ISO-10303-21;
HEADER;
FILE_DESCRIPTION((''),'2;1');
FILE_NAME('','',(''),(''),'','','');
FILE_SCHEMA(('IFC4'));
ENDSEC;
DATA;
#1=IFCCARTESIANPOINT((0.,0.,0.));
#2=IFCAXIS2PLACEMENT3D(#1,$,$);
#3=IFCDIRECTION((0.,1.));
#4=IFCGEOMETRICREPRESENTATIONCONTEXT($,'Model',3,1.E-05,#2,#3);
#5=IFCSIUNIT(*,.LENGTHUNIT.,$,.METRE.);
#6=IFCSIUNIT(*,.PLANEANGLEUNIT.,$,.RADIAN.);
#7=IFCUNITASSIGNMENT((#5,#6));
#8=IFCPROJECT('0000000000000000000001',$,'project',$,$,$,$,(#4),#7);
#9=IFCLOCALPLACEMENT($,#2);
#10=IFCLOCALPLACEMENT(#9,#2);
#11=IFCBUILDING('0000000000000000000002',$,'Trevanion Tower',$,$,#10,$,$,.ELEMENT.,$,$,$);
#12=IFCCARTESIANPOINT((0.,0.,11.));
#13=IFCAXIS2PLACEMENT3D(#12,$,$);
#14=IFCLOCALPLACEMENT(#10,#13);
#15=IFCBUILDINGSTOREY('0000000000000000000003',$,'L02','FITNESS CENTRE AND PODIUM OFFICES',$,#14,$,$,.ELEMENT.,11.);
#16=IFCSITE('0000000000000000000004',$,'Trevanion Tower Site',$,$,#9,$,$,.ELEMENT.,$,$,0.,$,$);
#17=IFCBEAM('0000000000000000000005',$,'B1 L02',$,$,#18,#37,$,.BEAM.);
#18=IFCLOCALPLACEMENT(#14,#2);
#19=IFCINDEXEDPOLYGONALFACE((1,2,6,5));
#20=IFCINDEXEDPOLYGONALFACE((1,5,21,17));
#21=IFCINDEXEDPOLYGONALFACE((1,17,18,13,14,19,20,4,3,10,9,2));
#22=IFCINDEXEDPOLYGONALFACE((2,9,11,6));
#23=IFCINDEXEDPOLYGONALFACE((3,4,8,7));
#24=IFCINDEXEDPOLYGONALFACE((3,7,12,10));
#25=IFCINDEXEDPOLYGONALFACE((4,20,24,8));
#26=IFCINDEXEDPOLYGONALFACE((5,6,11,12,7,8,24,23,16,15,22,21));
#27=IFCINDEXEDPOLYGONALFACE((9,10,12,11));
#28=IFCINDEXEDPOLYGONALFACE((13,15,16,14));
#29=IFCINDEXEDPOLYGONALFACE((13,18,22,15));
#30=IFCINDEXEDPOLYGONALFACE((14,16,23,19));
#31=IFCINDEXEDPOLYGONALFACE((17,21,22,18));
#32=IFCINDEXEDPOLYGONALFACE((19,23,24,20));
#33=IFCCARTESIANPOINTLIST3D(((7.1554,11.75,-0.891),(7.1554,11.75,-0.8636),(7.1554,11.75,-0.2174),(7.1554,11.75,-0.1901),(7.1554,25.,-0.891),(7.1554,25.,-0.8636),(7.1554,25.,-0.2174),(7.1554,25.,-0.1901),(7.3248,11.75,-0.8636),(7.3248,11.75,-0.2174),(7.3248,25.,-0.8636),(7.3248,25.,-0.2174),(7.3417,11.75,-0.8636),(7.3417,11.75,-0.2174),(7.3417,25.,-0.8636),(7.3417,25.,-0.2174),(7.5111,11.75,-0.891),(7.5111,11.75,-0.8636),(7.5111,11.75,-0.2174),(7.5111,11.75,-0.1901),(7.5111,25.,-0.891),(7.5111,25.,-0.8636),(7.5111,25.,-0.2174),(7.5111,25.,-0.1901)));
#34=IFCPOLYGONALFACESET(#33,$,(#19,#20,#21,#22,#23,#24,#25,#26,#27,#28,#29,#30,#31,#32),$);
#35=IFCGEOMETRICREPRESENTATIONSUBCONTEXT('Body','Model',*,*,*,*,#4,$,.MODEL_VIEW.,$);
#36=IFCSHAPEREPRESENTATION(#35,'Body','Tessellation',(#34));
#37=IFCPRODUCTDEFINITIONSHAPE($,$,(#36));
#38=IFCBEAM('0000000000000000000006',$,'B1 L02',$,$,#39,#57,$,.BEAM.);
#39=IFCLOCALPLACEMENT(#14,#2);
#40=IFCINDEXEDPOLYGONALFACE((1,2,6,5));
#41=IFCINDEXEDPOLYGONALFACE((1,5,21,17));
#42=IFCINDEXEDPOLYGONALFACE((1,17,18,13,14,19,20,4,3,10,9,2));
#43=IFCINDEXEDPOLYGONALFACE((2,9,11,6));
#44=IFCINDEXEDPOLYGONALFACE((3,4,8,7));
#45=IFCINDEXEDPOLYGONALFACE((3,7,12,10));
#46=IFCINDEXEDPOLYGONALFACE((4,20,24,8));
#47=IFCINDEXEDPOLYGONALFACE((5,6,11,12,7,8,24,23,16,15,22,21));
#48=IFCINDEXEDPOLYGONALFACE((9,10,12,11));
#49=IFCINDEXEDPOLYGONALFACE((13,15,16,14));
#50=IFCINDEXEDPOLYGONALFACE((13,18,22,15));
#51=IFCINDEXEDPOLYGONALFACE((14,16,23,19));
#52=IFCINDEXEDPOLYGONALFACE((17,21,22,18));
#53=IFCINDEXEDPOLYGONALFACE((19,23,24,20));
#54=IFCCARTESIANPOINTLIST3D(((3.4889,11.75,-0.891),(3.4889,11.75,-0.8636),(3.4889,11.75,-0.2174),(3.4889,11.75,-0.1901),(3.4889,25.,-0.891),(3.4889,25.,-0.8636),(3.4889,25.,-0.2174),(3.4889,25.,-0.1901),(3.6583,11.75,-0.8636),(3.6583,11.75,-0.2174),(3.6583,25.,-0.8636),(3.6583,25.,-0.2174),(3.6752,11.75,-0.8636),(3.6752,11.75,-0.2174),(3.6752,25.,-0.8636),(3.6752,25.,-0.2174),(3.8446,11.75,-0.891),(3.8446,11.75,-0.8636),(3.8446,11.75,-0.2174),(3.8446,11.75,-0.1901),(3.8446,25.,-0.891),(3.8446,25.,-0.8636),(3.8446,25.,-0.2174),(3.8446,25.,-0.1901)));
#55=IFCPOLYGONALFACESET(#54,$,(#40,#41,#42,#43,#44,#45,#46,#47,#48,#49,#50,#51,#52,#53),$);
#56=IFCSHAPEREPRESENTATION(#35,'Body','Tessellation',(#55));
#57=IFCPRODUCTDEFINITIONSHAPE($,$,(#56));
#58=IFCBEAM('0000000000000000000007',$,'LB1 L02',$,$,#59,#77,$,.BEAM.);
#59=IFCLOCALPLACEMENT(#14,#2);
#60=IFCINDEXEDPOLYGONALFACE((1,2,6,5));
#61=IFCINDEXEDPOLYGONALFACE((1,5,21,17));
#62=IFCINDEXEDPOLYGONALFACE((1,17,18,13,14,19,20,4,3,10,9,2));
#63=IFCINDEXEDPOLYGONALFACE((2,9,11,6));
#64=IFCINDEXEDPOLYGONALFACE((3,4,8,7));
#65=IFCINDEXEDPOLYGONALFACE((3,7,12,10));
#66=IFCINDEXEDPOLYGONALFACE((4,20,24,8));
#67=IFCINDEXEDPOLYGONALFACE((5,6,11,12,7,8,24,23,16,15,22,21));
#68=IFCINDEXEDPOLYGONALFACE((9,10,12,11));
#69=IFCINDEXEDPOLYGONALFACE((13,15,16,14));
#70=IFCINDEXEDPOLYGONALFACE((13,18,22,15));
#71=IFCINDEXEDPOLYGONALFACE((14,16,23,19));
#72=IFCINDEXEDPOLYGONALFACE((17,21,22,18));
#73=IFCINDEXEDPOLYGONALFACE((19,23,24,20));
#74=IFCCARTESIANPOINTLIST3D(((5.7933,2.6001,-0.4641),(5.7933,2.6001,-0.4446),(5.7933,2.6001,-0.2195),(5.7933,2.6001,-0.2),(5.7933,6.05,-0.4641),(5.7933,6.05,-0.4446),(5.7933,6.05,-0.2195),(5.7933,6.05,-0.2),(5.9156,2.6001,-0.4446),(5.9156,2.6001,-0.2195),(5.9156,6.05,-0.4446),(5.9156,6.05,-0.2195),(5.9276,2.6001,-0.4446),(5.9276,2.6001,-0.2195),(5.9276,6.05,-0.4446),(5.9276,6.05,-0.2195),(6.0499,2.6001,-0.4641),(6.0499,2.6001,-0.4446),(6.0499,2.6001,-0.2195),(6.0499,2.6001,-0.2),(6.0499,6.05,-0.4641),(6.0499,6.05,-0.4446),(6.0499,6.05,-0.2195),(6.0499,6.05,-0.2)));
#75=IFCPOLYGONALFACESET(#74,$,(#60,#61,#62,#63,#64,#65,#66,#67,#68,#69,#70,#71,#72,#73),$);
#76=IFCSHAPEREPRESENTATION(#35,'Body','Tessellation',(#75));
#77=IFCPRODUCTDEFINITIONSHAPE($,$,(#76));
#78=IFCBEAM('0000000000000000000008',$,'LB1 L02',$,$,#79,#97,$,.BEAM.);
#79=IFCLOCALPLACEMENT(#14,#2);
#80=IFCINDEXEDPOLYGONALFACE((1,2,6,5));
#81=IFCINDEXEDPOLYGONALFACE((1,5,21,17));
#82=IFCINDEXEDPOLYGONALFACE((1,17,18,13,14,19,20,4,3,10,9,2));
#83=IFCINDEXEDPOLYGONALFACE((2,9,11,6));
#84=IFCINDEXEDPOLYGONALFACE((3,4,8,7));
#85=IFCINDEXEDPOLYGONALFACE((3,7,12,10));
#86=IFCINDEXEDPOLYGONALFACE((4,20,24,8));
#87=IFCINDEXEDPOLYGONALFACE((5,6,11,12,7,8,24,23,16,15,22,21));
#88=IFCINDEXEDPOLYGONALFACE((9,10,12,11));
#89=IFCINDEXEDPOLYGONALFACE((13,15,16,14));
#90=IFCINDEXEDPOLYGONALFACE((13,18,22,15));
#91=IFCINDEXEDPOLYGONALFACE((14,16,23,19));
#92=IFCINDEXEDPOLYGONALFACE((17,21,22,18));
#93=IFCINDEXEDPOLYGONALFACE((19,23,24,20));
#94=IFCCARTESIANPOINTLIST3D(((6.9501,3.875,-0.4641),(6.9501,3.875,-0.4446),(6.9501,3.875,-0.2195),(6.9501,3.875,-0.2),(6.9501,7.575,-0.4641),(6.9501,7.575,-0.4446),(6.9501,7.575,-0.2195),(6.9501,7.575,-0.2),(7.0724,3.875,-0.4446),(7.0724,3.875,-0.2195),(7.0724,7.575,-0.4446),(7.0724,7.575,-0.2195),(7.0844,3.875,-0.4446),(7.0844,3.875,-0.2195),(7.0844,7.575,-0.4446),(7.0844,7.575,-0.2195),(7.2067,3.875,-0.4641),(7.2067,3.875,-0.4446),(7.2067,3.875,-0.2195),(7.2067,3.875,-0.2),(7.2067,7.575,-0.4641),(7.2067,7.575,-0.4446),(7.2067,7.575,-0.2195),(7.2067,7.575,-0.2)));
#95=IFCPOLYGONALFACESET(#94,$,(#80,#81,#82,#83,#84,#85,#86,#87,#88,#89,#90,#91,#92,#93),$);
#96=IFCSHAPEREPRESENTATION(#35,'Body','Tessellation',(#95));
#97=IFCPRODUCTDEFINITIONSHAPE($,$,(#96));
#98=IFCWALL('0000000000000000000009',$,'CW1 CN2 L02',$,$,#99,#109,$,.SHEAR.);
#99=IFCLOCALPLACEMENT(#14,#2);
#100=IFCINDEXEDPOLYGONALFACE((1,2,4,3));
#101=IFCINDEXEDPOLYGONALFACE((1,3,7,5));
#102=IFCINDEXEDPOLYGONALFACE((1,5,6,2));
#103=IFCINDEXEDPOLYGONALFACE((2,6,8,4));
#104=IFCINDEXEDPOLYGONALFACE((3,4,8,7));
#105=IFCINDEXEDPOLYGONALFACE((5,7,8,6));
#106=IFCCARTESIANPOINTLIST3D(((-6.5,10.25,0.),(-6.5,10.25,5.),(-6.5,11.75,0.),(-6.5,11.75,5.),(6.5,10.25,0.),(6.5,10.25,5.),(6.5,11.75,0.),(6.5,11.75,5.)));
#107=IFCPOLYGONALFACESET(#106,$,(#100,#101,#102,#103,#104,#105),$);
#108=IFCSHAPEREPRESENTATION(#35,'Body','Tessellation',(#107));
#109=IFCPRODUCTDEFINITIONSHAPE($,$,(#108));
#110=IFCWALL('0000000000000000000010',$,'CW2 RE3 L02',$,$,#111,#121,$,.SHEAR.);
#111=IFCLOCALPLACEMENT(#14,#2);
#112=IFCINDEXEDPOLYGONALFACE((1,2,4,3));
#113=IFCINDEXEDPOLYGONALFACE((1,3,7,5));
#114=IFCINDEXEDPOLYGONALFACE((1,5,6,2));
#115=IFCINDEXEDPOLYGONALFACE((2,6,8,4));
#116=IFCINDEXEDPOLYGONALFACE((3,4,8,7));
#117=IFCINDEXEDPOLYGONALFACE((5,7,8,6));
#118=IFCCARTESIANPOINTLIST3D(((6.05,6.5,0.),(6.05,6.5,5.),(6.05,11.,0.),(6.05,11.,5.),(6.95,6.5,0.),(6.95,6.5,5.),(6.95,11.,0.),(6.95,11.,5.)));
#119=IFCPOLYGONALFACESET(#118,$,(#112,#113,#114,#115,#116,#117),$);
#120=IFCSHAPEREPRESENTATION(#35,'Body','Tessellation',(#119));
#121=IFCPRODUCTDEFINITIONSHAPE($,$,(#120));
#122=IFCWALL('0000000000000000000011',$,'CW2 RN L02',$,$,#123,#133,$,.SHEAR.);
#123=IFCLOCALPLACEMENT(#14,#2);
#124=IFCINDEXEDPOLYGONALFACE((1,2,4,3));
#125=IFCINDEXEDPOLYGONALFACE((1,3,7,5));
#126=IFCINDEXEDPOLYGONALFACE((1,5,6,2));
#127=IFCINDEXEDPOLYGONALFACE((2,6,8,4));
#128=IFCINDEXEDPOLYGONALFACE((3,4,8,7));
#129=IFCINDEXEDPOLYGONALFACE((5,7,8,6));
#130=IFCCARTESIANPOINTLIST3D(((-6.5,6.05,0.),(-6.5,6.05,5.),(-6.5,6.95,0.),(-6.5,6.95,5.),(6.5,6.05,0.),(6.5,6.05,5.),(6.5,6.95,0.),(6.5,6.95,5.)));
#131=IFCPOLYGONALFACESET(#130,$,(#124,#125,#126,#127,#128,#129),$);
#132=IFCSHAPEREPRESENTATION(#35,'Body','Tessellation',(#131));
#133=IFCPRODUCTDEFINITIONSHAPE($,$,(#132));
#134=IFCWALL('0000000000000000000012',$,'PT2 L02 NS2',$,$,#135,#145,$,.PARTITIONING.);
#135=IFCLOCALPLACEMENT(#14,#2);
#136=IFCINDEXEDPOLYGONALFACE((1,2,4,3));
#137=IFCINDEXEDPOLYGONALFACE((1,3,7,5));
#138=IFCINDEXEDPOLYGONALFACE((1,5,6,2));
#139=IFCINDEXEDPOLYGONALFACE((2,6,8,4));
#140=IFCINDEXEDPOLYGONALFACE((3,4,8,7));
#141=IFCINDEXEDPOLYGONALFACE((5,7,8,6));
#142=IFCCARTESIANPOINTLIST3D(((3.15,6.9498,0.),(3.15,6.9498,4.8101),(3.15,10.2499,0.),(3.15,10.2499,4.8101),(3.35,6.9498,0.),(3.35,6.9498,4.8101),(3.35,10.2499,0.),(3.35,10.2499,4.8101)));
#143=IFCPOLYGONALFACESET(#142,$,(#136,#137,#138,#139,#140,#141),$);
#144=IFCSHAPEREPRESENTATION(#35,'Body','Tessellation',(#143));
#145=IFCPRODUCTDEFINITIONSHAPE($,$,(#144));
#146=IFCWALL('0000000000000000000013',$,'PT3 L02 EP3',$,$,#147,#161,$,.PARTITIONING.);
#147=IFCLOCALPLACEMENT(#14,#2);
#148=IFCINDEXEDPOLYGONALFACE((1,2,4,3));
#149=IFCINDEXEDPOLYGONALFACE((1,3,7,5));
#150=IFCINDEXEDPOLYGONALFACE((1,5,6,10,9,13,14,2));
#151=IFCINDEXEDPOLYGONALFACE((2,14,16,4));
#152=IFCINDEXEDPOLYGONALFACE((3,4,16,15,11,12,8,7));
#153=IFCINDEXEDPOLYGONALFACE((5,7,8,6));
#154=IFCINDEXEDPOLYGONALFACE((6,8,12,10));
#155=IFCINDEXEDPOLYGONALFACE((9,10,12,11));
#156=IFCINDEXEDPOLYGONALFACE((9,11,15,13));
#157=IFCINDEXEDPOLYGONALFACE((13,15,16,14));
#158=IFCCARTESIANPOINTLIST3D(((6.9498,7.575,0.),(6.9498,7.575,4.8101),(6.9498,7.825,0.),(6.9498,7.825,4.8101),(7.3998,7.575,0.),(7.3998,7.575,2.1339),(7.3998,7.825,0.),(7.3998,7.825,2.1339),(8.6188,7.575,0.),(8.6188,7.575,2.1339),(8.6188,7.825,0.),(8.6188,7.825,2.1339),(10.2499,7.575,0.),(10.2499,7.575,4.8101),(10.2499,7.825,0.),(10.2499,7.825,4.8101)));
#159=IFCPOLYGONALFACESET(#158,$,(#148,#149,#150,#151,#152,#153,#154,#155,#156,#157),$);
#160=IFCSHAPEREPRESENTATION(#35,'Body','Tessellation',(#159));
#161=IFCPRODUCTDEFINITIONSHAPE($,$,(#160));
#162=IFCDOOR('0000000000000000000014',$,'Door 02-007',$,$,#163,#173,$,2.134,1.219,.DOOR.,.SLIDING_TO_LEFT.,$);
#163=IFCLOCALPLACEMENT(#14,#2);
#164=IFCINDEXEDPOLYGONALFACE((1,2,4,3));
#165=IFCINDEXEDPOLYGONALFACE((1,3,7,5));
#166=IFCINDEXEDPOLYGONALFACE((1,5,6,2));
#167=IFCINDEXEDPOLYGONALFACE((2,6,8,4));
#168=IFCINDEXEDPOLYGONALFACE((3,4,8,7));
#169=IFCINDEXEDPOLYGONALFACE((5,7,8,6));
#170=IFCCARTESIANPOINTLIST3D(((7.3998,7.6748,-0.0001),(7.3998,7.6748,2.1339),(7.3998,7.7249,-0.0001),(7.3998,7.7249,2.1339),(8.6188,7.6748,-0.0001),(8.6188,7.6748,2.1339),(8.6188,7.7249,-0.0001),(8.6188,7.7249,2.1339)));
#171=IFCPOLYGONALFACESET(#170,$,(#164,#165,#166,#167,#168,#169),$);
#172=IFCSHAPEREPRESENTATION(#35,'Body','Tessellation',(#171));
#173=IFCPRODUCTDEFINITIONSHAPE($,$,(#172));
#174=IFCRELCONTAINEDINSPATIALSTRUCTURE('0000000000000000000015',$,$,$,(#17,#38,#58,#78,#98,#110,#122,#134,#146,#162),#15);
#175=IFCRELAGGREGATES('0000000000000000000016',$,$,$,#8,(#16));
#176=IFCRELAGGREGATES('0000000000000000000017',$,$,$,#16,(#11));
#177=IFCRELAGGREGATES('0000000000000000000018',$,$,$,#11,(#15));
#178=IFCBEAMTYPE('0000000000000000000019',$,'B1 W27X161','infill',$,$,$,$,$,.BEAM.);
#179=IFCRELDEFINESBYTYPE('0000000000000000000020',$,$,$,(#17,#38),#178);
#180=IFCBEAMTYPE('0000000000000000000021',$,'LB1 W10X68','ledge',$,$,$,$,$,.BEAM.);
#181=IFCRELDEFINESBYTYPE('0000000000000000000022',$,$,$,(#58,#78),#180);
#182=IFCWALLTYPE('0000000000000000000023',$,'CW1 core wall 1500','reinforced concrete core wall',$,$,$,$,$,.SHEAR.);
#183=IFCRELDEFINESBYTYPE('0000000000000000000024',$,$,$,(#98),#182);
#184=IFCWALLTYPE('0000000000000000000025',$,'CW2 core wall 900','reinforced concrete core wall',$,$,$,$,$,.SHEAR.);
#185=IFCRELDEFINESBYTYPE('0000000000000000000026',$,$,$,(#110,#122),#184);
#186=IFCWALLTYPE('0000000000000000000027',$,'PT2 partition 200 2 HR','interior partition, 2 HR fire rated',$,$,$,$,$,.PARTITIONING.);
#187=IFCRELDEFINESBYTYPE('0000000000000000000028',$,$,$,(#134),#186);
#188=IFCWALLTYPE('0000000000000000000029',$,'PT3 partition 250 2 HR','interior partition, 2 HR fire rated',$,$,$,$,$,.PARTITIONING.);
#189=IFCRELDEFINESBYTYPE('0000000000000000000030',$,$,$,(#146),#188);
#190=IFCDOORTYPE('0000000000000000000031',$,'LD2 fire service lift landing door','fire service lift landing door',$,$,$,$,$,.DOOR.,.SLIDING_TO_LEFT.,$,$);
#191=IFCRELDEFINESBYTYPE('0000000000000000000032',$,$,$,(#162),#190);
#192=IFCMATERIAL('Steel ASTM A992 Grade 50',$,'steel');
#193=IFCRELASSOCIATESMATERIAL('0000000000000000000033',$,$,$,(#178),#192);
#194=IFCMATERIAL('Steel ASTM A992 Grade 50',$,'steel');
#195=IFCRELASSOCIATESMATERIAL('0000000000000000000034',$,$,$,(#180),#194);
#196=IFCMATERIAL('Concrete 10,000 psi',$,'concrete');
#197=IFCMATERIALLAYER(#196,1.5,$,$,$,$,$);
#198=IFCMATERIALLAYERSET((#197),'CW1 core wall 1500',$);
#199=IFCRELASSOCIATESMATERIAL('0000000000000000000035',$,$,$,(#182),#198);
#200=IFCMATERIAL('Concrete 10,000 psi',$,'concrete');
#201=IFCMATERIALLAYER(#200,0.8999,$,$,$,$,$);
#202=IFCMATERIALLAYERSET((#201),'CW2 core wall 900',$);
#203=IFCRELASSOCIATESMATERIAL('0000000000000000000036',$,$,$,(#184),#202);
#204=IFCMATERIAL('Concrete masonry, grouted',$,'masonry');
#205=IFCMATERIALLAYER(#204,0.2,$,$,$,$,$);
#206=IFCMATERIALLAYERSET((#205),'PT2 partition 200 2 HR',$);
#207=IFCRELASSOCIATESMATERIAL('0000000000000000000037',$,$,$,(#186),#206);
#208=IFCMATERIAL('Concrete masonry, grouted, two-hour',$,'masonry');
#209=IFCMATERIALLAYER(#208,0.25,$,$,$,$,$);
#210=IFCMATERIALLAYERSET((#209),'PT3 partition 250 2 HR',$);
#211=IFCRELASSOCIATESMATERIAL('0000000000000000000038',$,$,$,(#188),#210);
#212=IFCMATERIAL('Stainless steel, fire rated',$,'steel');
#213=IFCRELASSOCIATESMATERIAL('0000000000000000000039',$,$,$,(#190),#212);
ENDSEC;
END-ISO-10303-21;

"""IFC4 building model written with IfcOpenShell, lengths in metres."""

from ifc_helpers import new_model, si_unit, direction, frame, frame_2d, origin, origin_2d, place, context, subcontext, project, spatial, rectangle, i_section, extrude, material, layer, layer_set, material_profile, profile_set, type_object, element, fill, save


model = new_model("IFC4")

# Units and contexts
model_context = context("Model", 3, precision=1e-05, world=origin(), true_north=direction((0.0, 1.0)))
body_context = subcontext(model_context, "Body", "Model", "MODEL_VIEW")
ifc_project = project(units=[si_unit("LENGTHUNIT", "METRE"), si_unit("PLANEANGLEUNIT", "RADIAN")], contexts=[model_context])

# Site, building, storey
site_placement = place(None, origin())
site = spatial("IfcSite", under=ifc_project, at=site_placement, Name="Trevanion Tower Site", CompositionType="ELEMENT", RefElevation=0.0)
building_placement = place(site_placement, origin())
building = spatial("IfcBuilding", under=site, at=building_placement, Name="Trevanion Tower", CompositionType="ELEMENT")
storey_placement = place(building_placement, frame((0.0, 0.0, 11.0)))
storey = spatial("IfcBuildingStorey", under=building, at=storey_placement, Name="L02", Description="FITNESS CENTRE AND PODIUM OFFICES", CompositionType="ELEMENT", Elevation=11.0)

# Beams
ifc_material_1 = material(Name="Steel ASTM A992 Grade 50", Category="steel")
ifc_material_profile_1 = material_profile(ifc_material_1, i_section(OverallWidth=0.3557, OverallDepth=0.7009, WebThickness=0.0168, FlangeThickness=0.0273, at=origin_2d()), Name="W27X161")
ifc_profile_set_1 = profile_set([ifc_material_profile_1], Name="Steel ASTM A992 Grade 50")
beam_type_1 = type_object("IfcBeamType", Name="B1 W27X161", Description="infill", PredefinedType="BEAM", material=ifc_profile_set_1)
for number, where, z_axis, x_axis, name in (
    (1, (7.3333, 11.75, -0.5405), (0.0, 1.0, 0.0), (-1.0, 0.0, 0.0), "B1 L02"),
    (2, (3.6667, 11.75, -0.5405), (0.0, 1.0, 0.0), (-1.0, 0.0, 0.0), "B1 L02"),
):
    element("IfcBeam", number, at=place(storey_placement, frame(where, z_axis=z_axis, x_axis=x_axis)), inside=storey, type_object=beam_type_1, Name=name, PredefinedType="BEAM", context=body_context, shape_type="SweptSolid", body=[
        extrude(i_section(OverallWidth=0.3557, OverallDepth=0.7009, WebThickness=0.0168, FlangeThickness=0.0273, at=origin_2d()), origin(), (0.0, 0.0, 1.0), 13.25),
    ])
ifc_material_2 = material(Name="Steel ASTM A992 Grade 50", Category="steel")
ifc_material_profile_2 = material_profile(ifc_material_2, i_section(OverallWidth=0.2566, OverallDepth=0.2642, WebThickness=0.012, FlangeThickness=0.0195, at=origin_2d()), Name="W10X68")
ifc_profile_set_2 = profile_set([ifc_material_profile_2], Name="Steel ASTM A992 Grade 50")
beam_type_2 = type_object("IfcBeamType", Name="LB1 W10X68", Description="ledge", PredefinedType="BEAM", material=ifc_profile_set_2)
beam_1_placement = place(storey_placement, frame((5.9216, 2.6001, -0.332), z_axis=(0.0, 1.0, 0.0), x_axis=(-1.0, 0.0, 0.0)))
element("IfcBeam", 3, at=beam_1_placement, inside=storey, type_object=beam_type_2, Name="LB1 L02", PredefinedType="BEAM", context=body_context, shape_type="SweptSolid", body=[
    extrude(i_section(OverallWidth=0.2566, OverallDepth=0.2642, WebThickness=0.012, FlangeThickness=0.0195, at=origin_2d()), origin(), (0.0, 0.0, 1.0), 3.45),
])
beam_2_placement = place(storey_placement, frame((7.0784, 3.875, -0.332), z_axis=(0.0, 1.0, 0.0), x_axis=(-1.0, 0.0, 0.0)))
element("IfcBeam", 4, at=beam_2_placement, inside=storey, type_object=beam_type_2, Name="LB1 L02", PredefinedType="BEAM", context=body_context, shape_type="SweptSolid", body=[
    extrude(i_section(OverallWidth=0.2566, OverallDepth=0.2642, WebThickness=0.012, FlangeThickness=0.0195, at=origin_2d()), origin(), (0.0, 0.0, 1.0), 3.7),
])

# Walls
ifc_material_3 = material(Name="Concrete 10,000 psi", Category="concrete")
ifc_layer_1 = layer(ifc_material_3, 1.5)
ifc_layer_set_1 = layer_set([ifc_layer_1], Name="CW1 core wall 1500")
wall_type_1 = type_object("IfcWallType", Name="CW1 core wall 1500", Description="reinforced concrete core wall", PredefinedType="SHEAR", material=ifc_layer_set_1)
wall_1_placement = place(storey_placement, frame((6.5, 11.0, 0.0), z_axis=(0.0, 0.0, 1.0), x_axis=(-1.0, 0.0, 0.0)))
element("IfcWall", 5, at=wall_1_placement, inside=storey, type_object=wall_type_1, Name="CW1 CN2 L02", PredefinedType="SHEAR", context=body_context, shape_type="SweptSolid", body=[
    extrude(rectangle(XDim=13.0, YDim=1.5, at=frame_2d((6.5, 0.0))), origin(), (0.0, 0.0, 1.0), 5.0),
])
ifc_material_4 = material(Name="Concrete 10,000 psi", Category="concrete")
ifc_layer_2 = layer(ifc_material_4, 0.8999)
ifc_layer_set_2 = layer_set([ifc_layer_2], Name="CW2 core wall 900")
wall_type_2 = type_object("IfcWallType", Name="CW2 core wall 900", Description="reinforced concrete core wall", PredefinedType="SHEAR", material=ifc_layer_set_2)
wall_2_placement = place(storey_placement, frame((6.5, 6.5, 0.0), z_axis=(0.0, 0.0, 1.0), x_axis=(0.0, 1.0, 0.0)))
element("IfcWall", 6, at=wall_2_placement, inside=storey, type_object=wall_type_2, Name="CW2 RE3 L02", PredefinedType="SHEAR", context=body_context, shape_type="SweptSolid", body=[
    extrude(rectangle(XDim=4.5, YDim=0.8999, at=frame_2d((2.25, 0.0))), origin(), (0.0, 0.0, 1.0), 5.0),
])
wall_3_placement = place(storey_placement, frame((6.5, 6.5, 0.0), z_axis=(0.0, 0.0, 1.0), x_axis=(-1.0, 0.0, 0.0)))
element("IfcWall", 7, at=wall_3_placement, inside=storey, type_object=wall_type_2, Name="CW2 RN L02", PredefinedType="SHEAR", context=body_context, shape_type="SweptSolid", body=[
    extrude(rectangle(XDim=13.0, YDim=0.8999, at=frame_2d((6.5, 0.0))), origin(), (0.0, 0.0, 1.0), 5.0),
])
ifc_material_5 = material(Name="Concrete masonry, grouted", Category="masonry")
ifc_layer_3 = layer(ifc_material_5, 0.2)
ifc_layer_set_3 = layer_set([ifc_layer_3], Name="PT2 partition 200 2 HR")
wall_type_3 = type_object("IfcWallType", Name="PT2 partition 200 2 HR", Description="interior partition, 2 HR fire rated", PredefinedType="PARTITIONING", material=ifc_layer_set_3)
wall_4_placement = place(storey_placement, frame((3.25, 6.95, 0.0), z_axis=(0.0, 0.0, 1.0), x_axis=(0.0, 1.0, 0.0)))
element("IfcWall", 8, at=wall_4_placement, inside=storey, type_object=wall_type_3, Name="PT2 L02 NS2", PredefinedType="PARTITIONING", context=body_context, shape_type="SweptSolid", body=[
    extrude(rectangle(XDim=3.3, YDim=0.2, at=frame_2d((1.6499, 0.0))), origin(), (0.0, 0.0, 1.0), 4.8101),
])

# Wall, opening, door
ifc_material_6 = material(Name="Concrete masonry, grouted, two-hour", Category="masonry")
ifc_layer_4 = layer(ifc_material_6, 0.25)
ifc_layer_set_4 = layer_set([ifc_layer_4], Name="PT3 partition 250 2 HR")
wall_type_4 = type_object("IfcWallType", Name="PT3 partition 250 2 HR", Description="interior partition, 2 HR fire rated", PredefinedType="PARTITIONING", material=ifc_layer_set_4)
wall_5_placement = place(storey_placement, frame((6.95, 7.7, 0.0), z_axis=(0.0, 0.0, 1.0), x_axis=(1.0, 0.0, 0.0)))
wall_5 = element("IfcWall", 9, at=wall_5_placement, inside=storey, type_object=wall_type_4, Name="PT3 L02 EP3", PredefinedType="PARTITIONING", context=body_context, shape_type="SweptSolid", body=[
    extrude(rectangle(XDim=3.3, YDim=0.25, at=frame_2d((1.6499, 0.0))), origin(), (0.0, 0.0, 1.0), 4.8101),
])
opening_1_placement = place(wall_5_placement, frame((0.45, 0.0, 0.0)))
opening_1 = element("IfcOpeningElement", 10, at=opening_1_placement, cuts=wall_5, PredefinedType="OPENING", context=body_context, shape_type="SweptSolid", body=[
    extrude(rectangle(XDim=1.219, YDim=2.134, at=frame_2d((0.6094, 1.0669))), frame((0.0, 0.135, 0.0), z_axis=(0.0, -1.0, 0.0), x_axis=(1.0, 0.0, 0.0)), (0.0, 0.0, 1.0), 0.27),
])
ifc_material_7 = material(Name="Stainless steel, fire rated", Category="steel")
door_type_1 = type_object("IfcDoorType", Name="LD2 fire service lift landing door", Description="fire service lift landing door", OperationType="SLIDING_TO_LEFT", PredefinedType="DOOR", material=ifc_material_7)
door_1_placement = place(opening_1_placement, origin())
door_1 = element("IfcDoor", 11, at=door_1_placement, inside=storey, type_object=door_type_1, Name="Door 02-007", OperationType="SLIDING_TO_LEFT", OverallHeight=2.134, OverallWidth=1.219, PredefinedType="DOOR", context=body_context, shape_type="SweptSolid", body=[
    extrude(rectangle(XDim=1.219, YDim=2.134, at=frame_2d((0.6094, 1.0669))), frame((0.0, 0.0249, 0.0), z_axis=(0.0, -1.0, 0.0), x_axis=(1.0, 0.0, 0.0)), (0.0, 0.0, 1.0), 0.05),
])
fill(opening_1, door_1)

save(model, "model.ifc")
